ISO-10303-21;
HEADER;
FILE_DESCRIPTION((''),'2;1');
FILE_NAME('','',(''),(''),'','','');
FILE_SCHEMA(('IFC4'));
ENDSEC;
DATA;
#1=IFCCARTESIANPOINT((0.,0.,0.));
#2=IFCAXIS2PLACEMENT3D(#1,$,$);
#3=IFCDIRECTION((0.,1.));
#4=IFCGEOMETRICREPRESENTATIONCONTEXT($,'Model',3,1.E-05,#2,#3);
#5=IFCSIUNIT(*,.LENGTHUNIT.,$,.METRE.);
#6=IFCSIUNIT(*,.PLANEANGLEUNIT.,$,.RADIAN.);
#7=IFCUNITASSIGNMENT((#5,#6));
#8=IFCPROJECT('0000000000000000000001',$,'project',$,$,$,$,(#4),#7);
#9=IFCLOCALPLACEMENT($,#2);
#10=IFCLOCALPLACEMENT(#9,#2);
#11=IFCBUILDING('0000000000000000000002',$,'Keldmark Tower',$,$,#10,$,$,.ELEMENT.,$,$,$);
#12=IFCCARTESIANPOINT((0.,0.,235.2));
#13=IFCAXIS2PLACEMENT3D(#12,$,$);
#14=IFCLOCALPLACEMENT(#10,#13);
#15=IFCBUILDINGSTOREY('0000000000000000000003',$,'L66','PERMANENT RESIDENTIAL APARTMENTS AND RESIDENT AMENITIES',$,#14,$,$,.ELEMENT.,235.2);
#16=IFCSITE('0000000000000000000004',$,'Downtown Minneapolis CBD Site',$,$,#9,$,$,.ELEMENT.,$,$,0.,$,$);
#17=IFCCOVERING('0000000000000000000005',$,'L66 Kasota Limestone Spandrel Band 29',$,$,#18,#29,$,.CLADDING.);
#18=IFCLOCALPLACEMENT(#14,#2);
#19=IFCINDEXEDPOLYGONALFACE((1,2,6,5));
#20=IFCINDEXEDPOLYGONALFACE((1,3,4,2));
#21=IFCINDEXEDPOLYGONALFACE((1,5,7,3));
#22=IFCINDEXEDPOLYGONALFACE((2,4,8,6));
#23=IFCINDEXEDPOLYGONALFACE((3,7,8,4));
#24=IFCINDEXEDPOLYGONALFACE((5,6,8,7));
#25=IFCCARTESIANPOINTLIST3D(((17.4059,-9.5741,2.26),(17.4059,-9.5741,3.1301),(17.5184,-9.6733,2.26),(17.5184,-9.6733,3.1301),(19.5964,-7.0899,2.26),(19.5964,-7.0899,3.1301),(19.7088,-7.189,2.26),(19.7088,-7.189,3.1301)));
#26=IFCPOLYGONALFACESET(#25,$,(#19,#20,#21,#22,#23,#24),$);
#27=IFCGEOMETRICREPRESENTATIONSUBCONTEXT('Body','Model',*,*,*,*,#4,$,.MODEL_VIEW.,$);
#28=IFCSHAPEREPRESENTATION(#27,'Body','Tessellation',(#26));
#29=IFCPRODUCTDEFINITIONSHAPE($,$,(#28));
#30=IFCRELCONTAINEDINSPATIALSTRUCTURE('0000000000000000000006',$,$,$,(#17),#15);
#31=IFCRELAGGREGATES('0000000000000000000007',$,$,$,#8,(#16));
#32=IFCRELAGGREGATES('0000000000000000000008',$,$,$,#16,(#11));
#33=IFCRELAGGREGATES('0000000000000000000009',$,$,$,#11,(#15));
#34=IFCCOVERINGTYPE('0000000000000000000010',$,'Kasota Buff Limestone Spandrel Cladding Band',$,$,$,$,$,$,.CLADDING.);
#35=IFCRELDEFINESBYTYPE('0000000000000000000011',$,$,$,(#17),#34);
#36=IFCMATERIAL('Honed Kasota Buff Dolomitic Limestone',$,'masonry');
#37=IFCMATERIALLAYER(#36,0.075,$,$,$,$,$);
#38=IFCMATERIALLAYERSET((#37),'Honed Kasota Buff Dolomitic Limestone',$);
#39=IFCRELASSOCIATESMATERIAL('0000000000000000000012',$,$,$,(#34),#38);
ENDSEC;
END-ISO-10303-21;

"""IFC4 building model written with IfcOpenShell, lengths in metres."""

from ifc_helpers import new_model, si_unit, direction, frame, origin, origin_2d, place, context, subcontext, project, spatial, rectangle, extrude, material, layer, layer_set, type_object, element, save


model = new_model("IFC4")

# Units and contexts
model_context = context("Model", 3, precision=1e-05, world=origin(), true_north=direction((0.0, 1.0)))
body_context = subcontext(model_context, "Body", "Model", "MODEL_VIEW")
ifc_project = project(units=[si_unit("LENGTHUNIT", "METRE"), si_unit("PLANEANGLEUNIT", "RADIAN")], contexts=[model_context])

# Site, building, storey
site_placement = place(None, origin())
site = spatial("IfcSite", under=ifc_project, at=site_placement, Name="Downtown Minneapolis CBD Site", CompositionType="ELEMENT", RefElevation=0.0)
building_placement = place(site_placement, origin())
building = spatial("IfcBuilding", under=site, at=building_placement, Name="Keldmark Tower", CompositionType="ELEMENT")
storey_placement = place(building_placement, frame((0.0, 0.0, 235.2)))
storey = spatial("IfcBuildingStorey", under=building, at=storey_placement, Name="L66", Description="PERMANENT RESIDENTIAL APARTMENTS AND RESIDENT AMENITIES", CompositionType="ELEMENT", Elevation=235.2)

# Covering
ifc_material_1 = material(Name="Honed Kasota Buff Dolomitic Limestone", Category="masonry")
ifc_layer_1 = layer(ifc_material_1, 0.075)
ifc_layer_set_1 = layer_set([ifc_layer_1], Name="Honed Kasota Buff Dolomitic Limestone")
covering_type = type_object("IfcCoveringType", Name="Kasota Buff Limestone Spandrel Cladding Band", PredefinedType="CLADDING", material=ifc_layer_set_1)
covering_placement = place(storey_placement, frame((18.5574, -8.3816, 2.26), z_axis=(0.0, 0.0, 1.0), x_axis=(0.661364, 0.750065, 0.0)))
element("IfcCovering", 1, at=covering_placement, inside=storey, type_object=covering_type, Name="L66 Kasota Limestone Spandrel Band 29", PredefinedType="CLADDING", context=body_context, shape_type="SweptSolid", body=[
    extrude(rectangle(XDim=3.312, YDim=0.1499, at=origin_2d()), origin(), (0.0, 0.0, 1.0), 0.8701),
])

save(model, "model.ifc")
